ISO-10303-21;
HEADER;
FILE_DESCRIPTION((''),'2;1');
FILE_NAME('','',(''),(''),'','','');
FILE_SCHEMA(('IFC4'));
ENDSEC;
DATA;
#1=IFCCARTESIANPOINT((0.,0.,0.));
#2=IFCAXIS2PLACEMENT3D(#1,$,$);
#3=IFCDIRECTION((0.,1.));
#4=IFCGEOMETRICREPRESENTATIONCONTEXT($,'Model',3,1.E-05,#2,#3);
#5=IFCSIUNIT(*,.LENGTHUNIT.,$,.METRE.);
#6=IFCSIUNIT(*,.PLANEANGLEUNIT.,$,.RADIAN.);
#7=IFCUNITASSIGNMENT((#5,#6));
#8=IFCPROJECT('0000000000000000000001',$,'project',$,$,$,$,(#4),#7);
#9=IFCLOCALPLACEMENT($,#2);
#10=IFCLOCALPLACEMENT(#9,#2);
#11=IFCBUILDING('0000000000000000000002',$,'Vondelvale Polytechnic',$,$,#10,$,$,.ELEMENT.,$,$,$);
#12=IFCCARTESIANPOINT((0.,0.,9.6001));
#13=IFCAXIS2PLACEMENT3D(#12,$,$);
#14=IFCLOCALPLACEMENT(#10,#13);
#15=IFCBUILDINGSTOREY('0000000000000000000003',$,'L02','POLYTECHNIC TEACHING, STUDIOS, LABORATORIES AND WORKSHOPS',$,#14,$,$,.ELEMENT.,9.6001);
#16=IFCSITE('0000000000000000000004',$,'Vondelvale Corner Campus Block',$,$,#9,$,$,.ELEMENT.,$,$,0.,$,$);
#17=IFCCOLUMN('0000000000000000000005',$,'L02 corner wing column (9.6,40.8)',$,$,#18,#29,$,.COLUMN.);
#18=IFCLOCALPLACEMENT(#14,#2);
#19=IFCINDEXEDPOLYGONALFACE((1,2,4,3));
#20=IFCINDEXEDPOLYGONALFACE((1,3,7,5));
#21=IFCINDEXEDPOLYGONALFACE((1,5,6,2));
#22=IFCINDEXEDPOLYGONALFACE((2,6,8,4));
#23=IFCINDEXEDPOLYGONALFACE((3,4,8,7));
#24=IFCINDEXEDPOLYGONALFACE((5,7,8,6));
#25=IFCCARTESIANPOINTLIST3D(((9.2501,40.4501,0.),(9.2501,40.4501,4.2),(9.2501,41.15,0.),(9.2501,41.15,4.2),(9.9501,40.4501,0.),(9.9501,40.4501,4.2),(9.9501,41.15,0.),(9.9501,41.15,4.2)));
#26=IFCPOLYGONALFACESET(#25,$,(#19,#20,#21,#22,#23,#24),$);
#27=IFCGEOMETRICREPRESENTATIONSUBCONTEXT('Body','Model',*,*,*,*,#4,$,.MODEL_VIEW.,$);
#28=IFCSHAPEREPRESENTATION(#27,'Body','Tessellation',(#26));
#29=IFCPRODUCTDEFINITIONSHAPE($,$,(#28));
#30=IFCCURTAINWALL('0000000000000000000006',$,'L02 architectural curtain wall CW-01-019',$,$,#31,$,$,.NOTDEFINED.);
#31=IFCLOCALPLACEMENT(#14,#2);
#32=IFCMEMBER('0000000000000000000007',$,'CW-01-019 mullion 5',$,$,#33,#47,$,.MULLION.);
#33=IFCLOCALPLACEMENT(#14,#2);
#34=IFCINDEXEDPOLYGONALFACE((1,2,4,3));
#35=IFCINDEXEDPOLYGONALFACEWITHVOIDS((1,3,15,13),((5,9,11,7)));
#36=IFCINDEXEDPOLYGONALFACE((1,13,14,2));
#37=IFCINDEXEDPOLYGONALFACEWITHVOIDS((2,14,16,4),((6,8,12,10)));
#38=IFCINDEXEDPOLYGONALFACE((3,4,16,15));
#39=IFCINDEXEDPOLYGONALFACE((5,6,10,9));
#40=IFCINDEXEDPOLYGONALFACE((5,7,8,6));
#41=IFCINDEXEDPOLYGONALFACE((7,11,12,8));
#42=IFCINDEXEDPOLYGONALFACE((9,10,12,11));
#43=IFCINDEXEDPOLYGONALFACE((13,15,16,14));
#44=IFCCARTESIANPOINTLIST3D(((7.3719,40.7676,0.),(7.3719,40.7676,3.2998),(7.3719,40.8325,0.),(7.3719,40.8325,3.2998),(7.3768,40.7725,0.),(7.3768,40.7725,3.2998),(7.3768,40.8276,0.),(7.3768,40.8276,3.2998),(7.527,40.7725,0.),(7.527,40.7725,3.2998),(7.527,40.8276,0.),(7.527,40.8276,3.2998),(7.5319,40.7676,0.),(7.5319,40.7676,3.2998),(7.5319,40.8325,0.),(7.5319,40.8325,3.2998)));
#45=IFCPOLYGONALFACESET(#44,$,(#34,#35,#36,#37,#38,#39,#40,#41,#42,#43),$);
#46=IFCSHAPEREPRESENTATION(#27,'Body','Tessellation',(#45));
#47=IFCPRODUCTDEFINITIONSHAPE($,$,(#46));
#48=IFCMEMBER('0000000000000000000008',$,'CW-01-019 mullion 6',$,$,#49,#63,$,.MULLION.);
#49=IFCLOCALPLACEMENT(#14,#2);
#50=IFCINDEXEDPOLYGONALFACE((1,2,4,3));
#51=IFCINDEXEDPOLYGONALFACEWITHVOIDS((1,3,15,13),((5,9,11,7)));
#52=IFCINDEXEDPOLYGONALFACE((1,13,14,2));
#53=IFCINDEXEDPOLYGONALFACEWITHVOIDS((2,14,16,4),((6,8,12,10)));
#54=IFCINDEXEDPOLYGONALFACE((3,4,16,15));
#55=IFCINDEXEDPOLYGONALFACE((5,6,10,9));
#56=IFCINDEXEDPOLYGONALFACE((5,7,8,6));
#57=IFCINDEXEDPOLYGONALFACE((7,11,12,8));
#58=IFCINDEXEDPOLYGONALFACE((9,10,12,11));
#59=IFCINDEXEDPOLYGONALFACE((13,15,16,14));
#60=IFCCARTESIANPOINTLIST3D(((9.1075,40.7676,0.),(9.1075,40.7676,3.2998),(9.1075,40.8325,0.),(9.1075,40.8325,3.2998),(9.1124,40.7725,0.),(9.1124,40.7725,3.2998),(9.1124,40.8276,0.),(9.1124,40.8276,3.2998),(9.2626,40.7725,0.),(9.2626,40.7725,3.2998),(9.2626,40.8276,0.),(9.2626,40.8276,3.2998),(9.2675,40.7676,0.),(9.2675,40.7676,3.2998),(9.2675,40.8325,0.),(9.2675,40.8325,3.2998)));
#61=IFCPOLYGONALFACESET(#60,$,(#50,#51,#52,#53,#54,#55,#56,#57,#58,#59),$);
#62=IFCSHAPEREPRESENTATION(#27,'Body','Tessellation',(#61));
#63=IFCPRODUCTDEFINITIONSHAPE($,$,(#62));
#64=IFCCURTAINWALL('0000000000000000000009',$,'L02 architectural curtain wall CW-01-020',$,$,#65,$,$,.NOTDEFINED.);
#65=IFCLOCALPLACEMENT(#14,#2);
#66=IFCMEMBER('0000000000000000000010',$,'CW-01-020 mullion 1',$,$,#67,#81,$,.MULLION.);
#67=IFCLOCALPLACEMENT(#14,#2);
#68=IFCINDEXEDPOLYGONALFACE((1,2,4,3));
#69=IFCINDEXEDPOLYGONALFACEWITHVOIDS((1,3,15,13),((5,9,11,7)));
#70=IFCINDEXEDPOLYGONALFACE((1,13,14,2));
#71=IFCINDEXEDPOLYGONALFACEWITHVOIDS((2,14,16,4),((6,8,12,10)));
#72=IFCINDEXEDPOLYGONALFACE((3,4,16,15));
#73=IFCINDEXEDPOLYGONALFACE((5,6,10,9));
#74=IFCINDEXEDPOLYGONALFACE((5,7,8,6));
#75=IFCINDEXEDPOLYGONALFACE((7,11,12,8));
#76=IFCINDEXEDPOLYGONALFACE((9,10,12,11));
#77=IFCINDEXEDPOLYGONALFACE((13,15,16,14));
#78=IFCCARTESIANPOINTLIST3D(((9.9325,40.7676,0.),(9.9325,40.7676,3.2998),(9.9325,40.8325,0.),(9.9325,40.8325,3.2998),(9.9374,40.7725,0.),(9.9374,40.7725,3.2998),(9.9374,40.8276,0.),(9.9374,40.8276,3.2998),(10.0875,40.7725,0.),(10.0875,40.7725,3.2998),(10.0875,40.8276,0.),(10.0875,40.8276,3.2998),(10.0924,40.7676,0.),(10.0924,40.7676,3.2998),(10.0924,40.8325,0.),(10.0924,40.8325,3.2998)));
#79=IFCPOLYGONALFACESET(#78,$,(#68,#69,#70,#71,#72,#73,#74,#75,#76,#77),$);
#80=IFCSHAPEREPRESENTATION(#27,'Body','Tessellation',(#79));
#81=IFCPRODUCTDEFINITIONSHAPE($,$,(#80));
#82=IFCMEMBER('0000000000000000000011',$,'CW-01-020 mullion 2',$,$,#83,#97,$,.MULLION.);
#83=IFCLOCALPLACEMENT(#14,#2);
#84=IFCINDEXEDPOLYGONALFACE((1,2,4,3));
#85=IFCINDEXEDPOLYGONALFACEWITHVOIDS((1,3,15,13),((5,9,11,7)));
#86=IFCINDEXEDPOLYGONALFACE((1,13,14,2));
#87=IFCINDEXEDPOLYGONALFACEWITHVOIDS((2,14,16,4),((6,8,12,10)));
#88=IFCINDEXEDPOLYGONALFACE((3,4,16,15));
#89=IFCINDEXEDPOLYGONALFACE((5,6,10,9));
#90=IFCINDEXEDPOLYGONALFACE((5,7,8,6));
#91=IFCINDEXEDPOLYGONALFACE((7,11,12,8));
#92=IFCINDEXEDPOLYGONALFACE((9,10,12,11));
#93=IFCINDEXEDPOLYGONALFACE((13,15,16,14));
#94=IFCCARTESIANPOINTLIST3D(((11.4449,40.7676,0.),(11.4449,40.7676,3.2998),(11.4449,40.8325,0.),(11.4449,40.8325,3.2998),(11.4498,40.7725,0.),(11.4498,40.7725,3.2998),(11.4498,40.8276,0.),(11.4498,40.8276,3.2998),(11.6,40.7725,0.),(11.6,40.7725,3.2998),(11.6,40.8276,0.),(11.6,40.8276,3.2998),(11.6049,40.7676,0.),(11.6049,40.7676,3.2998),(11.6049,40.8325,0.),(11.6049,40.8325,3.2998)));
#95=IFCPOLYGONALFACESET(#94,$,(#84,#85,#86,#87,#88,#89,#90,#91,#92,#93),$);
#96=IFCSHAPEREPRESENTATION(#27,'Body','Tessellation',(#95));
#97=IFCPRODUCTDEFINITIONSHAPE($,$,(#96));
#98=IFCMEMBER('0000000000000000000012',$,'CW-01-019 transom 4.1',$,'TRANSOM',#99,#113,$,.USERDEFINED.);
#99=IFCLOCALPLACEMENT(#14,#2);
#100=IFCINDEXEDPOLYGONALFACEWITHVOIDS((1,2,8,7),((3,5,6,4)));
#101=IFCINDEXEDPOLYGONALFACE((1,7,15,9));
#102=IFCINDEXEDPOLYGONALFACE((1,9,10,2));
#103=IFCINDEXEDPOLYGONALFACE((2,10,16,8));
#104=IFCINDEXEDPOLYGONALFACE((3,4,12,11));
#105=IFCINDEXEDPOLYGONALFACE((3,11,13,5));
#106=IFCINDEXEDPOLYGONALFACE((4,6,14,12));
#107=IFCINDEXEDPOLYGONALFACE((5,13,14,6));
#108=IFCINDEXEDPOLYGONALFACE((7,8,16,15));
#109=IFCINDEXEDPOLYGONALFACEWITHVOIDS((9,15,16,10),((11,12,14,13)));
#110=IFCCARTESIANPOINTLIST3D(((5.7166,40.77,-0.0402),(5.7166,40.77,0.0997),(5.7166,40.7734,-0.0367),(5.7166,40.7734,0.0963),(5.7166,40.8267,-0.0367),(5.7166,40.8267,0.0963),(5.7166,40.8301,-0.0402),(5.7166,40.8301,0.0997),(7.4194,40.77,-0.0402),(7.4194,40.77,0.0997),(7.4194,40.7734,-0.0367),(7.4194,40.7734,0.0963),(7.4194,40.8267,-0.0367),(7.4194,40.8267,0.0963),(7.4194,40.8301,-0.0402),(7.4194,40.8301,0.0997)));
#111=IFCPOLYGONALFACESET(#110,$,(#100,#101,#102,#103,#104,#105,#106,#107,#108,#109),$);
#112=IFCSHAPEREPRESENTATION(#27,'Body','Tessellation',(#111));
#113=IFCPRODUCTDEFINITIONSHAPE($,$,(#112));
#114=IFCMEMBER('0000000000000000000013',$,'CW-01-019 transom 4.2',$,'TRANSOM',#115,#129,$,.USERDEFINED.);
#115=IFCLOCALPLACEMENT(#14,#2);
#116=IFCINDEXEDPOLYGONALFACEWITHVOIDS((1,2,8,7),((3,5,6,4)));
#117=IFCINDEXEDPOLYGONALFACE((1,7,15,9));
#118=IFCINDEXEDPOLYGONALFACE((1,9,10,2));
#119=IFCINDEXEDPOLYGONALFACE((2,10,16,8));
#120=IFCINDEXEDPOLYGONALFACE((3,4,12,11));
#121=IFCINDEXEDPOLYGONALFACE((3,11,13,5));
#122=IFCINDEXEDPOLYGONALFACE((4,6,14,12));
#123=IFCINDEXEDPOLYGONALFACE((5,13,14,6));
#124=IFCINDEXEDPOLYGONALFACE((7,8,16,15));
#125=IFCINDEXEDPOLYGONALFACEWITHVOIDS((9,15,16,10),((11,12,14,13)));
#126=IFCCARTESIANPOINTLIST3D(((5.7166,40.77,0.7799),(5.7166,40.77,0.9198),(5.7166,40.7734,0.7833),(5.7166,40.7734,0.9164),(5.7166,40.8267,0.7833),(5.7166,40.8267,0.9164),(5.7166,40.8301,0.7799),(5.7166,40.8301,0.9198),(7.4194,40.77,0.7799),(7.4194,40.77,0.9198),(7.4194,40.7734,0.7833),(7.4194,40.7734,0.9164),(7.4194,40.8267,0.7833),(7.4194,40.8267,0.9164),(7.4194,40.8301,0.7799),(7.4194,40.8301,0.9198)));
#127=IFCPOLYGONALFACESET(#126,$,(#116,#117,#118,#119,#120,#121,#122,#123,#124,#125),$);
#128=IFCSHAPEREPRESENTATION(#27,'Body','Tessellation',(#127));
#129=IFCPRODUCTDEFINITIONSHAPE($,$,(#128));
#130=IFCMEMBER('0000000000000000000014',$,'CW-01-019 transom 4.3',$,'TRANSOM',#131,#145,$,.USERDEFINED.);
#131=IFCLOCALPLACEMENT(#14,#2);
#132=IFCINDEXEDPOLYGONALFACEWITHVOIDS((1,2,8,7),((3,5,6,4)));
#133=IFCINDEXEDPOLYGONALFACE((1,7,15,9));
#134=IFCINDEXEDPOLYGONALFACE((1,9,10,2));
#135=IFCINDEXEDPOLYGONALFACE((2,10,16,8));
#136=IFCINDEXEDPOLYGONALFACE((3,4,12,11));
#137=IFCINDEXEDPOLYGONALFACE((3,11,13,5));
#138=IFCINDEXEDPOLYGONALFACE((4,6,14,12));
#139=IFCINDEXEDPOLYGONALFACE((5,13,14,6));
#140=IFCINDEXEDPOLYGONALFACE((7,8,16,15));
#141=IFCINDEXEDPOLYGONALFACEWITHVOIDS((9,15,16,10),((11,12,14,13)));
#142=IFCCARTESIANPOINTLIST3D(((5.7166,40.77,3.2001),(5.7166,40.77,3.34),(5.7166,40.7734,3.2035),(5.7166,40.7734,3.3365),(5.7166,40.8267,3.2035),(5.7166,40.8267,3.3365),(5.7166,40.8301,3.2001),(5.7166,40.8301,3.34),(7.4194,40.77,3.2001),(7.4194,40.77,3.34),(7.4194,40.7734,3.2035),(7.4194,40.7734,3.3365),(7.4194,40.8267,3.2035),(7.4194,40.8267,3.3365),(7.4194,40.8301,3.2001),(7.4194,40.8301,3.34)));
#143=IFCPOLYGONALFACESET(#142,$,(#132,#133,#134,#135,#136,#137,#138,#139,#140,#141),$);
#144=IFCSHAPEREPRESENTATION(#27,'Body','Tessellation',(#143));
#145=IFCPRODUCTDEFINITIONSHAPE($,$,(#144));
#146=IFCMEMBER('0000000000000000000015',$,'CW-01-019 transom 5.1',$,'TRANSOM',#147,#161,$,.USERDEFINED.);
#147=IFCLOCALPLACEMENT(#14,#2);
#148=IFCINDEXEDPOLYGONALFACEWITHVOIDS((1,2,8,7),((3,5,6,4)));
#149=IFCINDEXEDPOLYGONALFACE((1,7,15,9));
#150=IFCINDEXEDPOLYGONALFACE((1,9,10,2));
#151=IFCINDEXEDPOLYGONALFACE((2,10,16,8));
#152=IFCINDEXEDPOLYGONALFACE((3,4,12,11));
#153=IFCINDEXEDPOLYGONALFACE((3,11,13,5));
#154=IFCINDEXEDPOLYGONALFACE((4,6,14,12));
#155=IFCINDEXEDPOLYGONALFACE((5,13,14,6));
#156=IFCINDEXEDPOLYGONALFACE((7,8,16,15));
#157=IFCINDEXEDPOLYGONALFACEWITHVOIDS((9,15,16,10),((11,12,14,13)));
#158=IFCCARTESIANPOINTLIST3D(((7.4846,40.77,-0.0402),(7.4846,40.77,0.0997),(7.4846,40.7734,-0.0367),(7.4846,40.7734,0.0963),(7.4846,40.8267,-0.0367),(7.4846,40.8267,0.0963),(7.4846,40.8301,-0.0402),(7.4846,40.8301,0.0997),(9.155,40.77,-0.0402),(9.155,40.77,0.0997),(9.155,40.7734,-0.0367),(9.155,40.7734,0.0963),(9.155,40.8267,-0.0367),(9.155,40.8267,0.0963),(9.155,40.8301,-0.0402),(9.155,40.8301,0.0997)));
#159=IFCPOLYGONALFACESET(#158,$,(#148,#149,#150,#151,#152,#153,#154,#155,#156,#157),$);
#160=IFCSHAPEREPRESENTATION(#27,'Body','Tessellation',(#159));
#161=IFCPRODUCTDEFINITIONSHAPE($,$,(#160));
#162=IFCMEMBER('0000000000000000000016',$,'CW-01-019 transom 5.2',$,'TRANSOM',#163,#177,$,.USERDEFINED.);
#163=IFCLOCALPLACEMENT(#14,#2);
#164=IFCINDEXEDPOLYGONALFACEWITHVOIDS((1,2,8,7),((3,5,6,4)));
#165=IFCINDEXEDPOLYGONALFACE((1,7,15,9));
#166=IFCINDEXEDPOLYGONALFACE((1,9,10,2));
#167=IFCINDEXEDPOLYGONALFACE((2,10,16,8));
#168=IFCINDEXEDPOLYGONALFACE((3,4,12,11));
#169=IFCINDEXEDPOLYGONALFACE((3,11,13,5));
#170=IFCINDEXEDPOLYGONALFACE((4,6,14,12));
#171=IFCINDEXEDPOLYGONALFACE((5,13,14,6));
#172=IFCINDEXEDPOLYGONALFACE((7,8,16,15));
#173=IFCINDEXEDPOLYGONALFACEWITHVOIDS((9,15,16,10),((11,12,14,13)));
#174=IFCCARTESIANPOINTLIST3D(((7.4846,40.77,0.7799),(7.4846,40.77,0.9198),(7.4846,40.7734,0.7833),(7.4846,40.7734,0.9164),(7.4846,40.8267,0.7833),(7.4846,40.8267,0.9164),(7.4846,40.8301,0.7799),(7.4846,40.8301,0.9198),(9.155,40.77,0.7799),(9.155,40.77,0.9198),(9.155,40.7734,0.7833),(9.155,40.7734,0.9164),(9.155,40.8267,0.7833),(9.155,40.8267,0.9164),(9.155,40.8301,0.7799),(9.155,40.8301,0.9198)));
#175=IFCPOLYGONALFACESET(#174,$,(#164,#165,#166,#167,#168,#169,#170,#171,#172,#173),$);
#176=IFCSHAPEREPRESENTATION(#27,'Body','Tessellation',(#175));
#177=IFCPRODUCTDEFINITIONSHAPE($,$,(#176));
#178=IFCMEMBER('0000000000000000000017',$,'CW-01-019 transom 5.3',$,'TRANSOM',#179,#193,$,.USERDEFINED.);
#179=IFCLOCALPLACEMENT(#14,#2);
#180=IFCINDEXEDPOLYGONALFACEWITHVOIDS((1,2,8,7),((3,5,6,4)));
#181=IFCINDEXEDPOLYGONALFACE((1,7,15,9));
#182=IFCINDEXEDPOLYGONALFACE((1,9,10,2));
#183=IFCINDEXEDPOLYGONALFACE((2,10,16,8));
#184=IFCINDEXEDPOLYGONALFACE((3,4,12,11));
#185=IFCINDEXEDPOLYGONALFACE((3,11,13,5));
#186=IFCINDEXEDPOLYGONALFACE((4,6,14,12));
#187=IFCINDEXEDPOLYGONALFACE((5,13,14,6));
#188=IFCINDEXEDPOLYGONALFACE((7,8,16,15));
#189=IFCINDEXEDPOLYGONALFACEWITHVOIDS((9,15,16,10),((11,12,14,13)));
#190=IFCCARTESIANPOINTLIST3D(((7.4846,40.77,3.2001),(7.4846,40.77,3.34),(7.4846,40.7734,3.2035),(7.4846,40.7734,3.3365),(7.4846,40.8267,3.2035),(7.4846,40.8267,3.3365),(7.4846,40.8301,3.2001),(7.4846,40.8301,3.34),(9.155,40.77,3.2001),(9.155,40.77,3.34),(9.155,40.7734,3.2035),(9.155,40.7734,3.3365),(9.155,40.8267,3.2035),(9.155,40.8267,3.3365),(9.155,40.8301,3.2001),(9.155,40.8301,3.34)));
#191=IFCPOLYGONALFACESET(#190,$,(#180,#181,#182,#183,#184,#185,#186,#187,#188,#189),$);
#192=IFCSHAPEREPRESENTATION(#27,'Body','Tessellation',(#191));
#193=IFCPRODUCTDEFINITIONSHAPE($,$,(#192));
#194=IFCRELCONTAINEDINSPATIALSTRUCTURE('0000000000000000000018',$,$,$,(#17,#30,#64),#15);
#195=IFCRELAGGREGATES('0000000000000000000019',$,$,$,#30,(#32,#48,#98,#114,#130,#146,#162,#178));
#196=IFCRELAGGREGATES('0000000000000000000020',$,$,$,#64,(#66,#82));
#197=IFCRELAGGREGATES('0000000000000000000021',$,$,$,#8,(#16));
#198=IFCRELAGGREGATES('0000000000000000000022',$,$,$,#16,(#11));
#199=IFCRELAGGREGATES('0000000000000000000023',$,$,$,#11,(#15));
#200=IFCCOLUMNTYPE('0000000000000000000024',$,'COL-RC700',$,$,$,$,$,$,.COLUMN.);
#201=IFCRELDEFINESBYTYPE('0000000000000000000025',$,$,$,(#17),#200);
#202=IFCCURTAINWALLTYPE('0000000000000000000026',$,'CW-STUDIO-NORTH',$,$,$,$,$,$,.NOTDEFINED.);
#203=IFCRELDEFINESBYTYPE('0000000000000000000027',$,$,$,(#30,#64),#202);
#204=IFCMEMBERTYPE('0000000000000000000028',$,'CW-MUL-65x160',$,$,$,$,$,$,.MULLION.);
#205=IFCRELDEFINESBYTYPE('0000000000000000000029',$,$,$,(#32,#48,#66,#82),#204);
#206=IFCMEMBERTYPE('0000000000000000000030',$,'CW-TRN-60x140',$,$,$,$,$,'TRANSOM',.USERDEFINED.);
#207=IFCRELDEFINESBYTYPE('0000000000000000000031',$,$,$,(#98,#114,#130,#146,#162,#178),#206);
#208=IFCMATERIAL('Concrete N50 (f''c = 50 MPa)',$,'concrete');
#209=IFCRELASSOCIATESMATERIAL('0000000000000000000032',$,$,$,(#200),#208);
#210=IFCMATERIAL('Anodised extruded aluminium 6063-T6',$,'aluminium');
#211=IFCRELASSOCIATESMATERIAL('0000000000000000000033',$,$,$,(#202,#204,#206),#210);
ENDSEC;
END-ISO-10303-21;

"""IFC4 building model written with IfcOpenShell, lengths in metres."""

from ifc_helpers import new_model, si_unit, direction, frame, origin, origin_2d, place, context, subcontext, project, spatial, rectangle, hollow_rectangle, extrude, material, material_profile, profile_set, type_object, element, aggregate, save


model = new_model("IFC4")

# Units and contexts
model_context = context("Model", 3, precision=1e-05, world=origin(), true_north=direction((0.0, 1.0)))
body_context = subcontext(model_context, "Body", "Model", "MODEL_VIEW")
ifc_project = project(units=[si_unit("LENGTHUNIT", "METRE"), si_unit("PLANEANGLEUNIT", "RADIAN")], contexts=[model_context])

# Site, building, storey
site_placement = place(None, origin())
site = spatial("IfcSite", under=ifc_project, at=site_placement, Name="Vondelvale Corner Campus Block", CompositionType="ELEMENT", RefElevation=0.0)
building_placement = place(site_placement, origin())
building = spatial("IfcBuilding", under=site, at=building_placement, Name="Vondelvale Polytechnic", CompositionType="ELEMENT")
storey_placement = place(building_placement, frame((0.0, 0.0, 9.6001)))
storey = spatial("IfcBuildingStorey", under=building, at=storey_placement, Name="L02", Description="POLYTECHNIC TEACHING, STUDIOS, LABORATORIES AND WORKSHOPS", CompositionType="ELEMENT", Elevation=9.6001)

# Column
ifc_material_1 = material(Name="Concrete N50 (f'c = 50 MPa)", Category="concrete")
ifc_material_profile_1 = material_profile(ifc_material_1, rectangle(XDim=0.7, YDim=0.7, at=origin_2d()), Name="RC-COL-700x700")
ifc_profile_set_1 = profile_set([ifc_material_profile_1], Name="Concrete N50 (f'c = 50 MPa)")
column_type = type_object("IfcColumnType", Name="COL-RC700", PredefinedType="COLUMN", material=ifc_profile_set_1)
column_placement = place(storey_placement, frame((9.6001, 40.8, 0.0), z_axis=(0.0, 0.0, 1.0), x_axis=(1.0, 0.0, 0.0)))
element("IfcColumn", 1, at=column_placement, inside=storey, type_object=column_type, Name="L02 corner wing column (9.6,40.8)", PredefinedType="COLUMN", context=body_context, shape_type="SweptSolid", body=[
    extrude(rectangle(XDim=0.7, YDim=0.7, at=origin_2d()), origin(), (0.0, 0.0, 1.0), 4.2),
])

# Curtain walls, members
ifc_material_2 = material(Name="Anodised extruded aluminium 6063-T6", Category="aluminium")
curtain_wall_type = type_object("IfcCurtainWallType", Name="CW-STUDIO-NORTH", PredefinedType="NOTDEFINED", material=ifc_material_2)
curtain_wall_1_placement = place(storey_placement, origin())
curtain_wall_1 = element("IfcCurtainWall", 2, at=curtain_wall_1_placement, inside=storey, type_object=curtain_wall_type, Name="L02 architectural curtain wall CW-01-019", PredefinedType="NOTDEFINED")
ifc_material_profile_2 = material_profile(ifc_material_2, hollow_rectangle(XDim=0.0649, YDim=0.1599, WallThickness=0.0049, at=origin_2d()), Name="CW-MUL-160x65")
ifc_profile_set_2 = profile_set([ifc_material_profile_2], Name="Anodised extruded aluminium 6063-T6")
member_type_1 = type_object("IfcMemberType", Name="CW-MUL-65x160", PredefinedType="MULLION", material=ifc_profile_set_2)
member_1_placement = place(storey_placement, frame((7.4519, 40.8, 0.0), z_axis=(0.0, 0.0, 1.0), x_axis=(0.0, 1.0, 0.0)))
member_1 = element("IfcMember", 3, at=member_1_placement, type_object=member_type_1, Name="CW-01-019 mullion 5", PredefinedType="MULLION", context=body_context, shape_type="SweptSolid", body=[
    extrude(hollow_rectangle(XDim=0.0649, YDim=0.1599, WallThickness=0.0049, at=origin_2d()), origin(), (0.0, 0.0, 1.0), 3.2998),
])
member_2_placement = place(storey_placement, frame((9.1875, 40.8, 0.0), z_axis=(0.0, 0.0, 1.0), x_axis=(0.0, 1.0, 0.0)))
member_2 = element("IfcMember", 4, at=member_2_placement, type_object=member_type_1, Name="CW-01-019 mullion 6", PredefinedType="MULLION", context=body_context, shape_type="SweptSolid", body=[
    extrude(hollow_rectangle(XDim=0.0649, YDim=0.1599, WallThickness=0.0049, at=origin_2d()), origin(), (0.0, 0.0, 1.0), 3.2998),
])
curtain_wall_2_placement = place(storey_placement, origin())
curtain_wall_2 = element("IfcCurtainWall", 5, at=curtain_wall_2_placement, inside=storey, type_object=curtain_wall_type, Name="L02 architectural curtain wall CW-01-020", PredefinedType="NOTDEFINED")
member_3_placement = place(storey_placement, frame((10.0125, 40.8, 0.0), z_axis=(0.0, 0.0, 1.0), x_axis=(0.0, 1.0, 0.0)))
member_3 = element("IfcMember", 6, at=member_3_placement, type_object=member_type_1, Name="CW-01-020 mullion 1", PredefinedType="MULLION", context=body_context, shape_type="SweptSolid", body=[
    extrude(hollow_rectangle(XDim=0.0649, YDim=0.1599, WallThickness=0.0049, at=origin_2d()), origin(), (0.0, 0.0, 1.0), 3.2998),
])
member_4_placement = place(storey_placement, frame((11.5249, 40.8, 0.0), z_axis=(0.0, 0.0, 1.0), x_axis=(0.0, 1.0, 0.0)))
member_4 = element("IfcMember", 7, at=member_4_placement, type_object=member_type_1, Name="CW-01-020 mullion 2", PredefinedType="MULLION", context=body_context, shape_type="SweptSolid", body=[
    extrude(hollow_rectangle(XDim=0.0649, YDim=0.1599, WallThickness=0.0049, at=origin_2d()), origin(), (0.0, 0.0, 1.0), 3.2998),
])

# Members
ifc_material_profile_3 = material_profile(ifc_material_2, hollow_rectangle(XDim=0.0601, YDim=0.1399, WallThickness=0.0034, at=origin_2d()), Name="CW-TRN-140x60")
ifc_profile_set_3 = profile_set([ifc_material_profile_3], Name="Anodised extruded aluminium 6063-T6")
member_type_2 = type_object("IfcMemberType", Name="CW-TRN-60x140", ElementType="TRANSOM", PredefinedType="USERDEFINED", material=ifc_profile_set_3)
member_5_placement = place(storey_placement, frame((5.7166, 40.8, 0.0298), z_axis=(1.0, 0.0, 0.0), x_axis=(0.0, 1.0, 0.0)))
member_5 = element("IfcMember", 8, at=member_5_placement, type_object=member_type_2, Name="CW-01-019 transom 4.1", ObjectType="TRANSOM", PredefinedType="USERDEFINED", context=body_context, shape_type="SweptSolid", body=[
    extrude(hollow_rectangle(XDim=0.0601, YDim=0.1399, WallThickness=0.0034, at=origin_2d()), origin(), (0.0, 0.0, 1.0), 1.7029),
])
member_6_placement = place(storey_placement, frame((5.7166, 40.8, 0.8499), z_axis=(1.0, 0.0, 0.0), x_axis=(0.0, 1.0, 0.0)))
member_6 = element("IfcMember", 9, at=member_6_placement, type_object=member_type_2, Name="CW-01-019 transom 4.2", ObjectType="TRANSOM", PredefinedType="USERDEFINED", context=body_context, shape_type="SweptSolid", body=[
    extrude(hollow_rectangle(XDim=0.0601, YDim=0.1399, WallThickness=0.0034, at=origin_2d()), origin(), (0.0, 0.0, 1.0), 1.7029),
])
member_7_placement = place(storey_placement, frame((5.7166, 40.8, 3.27), z_axis=(1.0, 0.0, 0.0), x_axis=(0.0, 1.0, 0.0)))
member_7 = element("IfcMember", 10, at=member_7_placement, type_object=member_type_2, Name="CW-01-019 transom 4.3", ObjectType="TRANSOM", PredefinedType="USERDEFINED", context=body_context, shape_type="SweptSolid", body=[
    extrude(hollow_rectangle(XDim=0.0601, YDim=0.1399, WallThickness=0.0034, at=origin_2d()), origin(), (0.0, 0.0, 1.0), 1.7029),
])
member_8_placement = place(storey_placement, frame((7.4846, 40.8, 0.0298), z_axis=(1.0, 0.0, 0.0), x_axis=(0.0, 1.0, 0.0)))
member_8 = element("IfcMember", 11, at=member_8_placement, type_object=member_type_2, Name="CW-01-019 transom 5.1", ObjectType="TRANSOM", PredefinedType="USERDEFINED", context=body_context, shape_type="SweptSolid", body=[
    extrude(hollow_rectangle(XDim=0.0601, YDim=0.1399, WallThickness=0.0034, at=origin_2d()), origin(), (0.0, 0.0, 1.0), 1.6704),
])
member_9_placement = place(storey_placement, frame((7.4846, 40.8, 0.8499), z_axis=(1.0, 0.0, 0.0), x_axis=(0.0, 1.0, 0.0)))
member_9 = element("IfcMember", 12, at=member_9_placement, type_object=member_type_2, Name="CW-01-019 transom 5.2", ObjectType="TRANSOM", PredefinedType="USERDEFINED", context=body_context, shape_type="SweptSolid", body=[
    extrude(hollow_rectangle(XDim=0.0601, YDim=0.1399, WallThickness=0.0034, at=origin_2d()), origin(), (0.0, 0.0, 1.0), 1.6704),
])
member_10_placement = place(storey_placement, frame((7.4846, 40.8, 3.27), z_axis=(1.0, 0.0, 0.0), x_axis=(0.0, 1.0, 0.0)))
member_10 = element("IfcMember", 13, at=member_10_placement, type_object=member_type_2, Name="CW-01-019 transom 5.3", ObjectType="TRANSOM", PredefinedType="USERDEFINED", context=body_context, shape_type="SweptSolid", body=[
    extrude(hollow_rectangle(XDim=0.0601, YDim=0.1399, WallThickness=0.0034, at=origin_2d()), origin(), (0.0, 0.0, 1.0), 1.6704),
])

aggregate(curtain_wall_1, [member_1, member_2, member_5, member_6, member_7, member_8, member_9, member_10])
aggregate(curtain_wall_2, [member_3, member_4])

save(model, "model.ifc")
